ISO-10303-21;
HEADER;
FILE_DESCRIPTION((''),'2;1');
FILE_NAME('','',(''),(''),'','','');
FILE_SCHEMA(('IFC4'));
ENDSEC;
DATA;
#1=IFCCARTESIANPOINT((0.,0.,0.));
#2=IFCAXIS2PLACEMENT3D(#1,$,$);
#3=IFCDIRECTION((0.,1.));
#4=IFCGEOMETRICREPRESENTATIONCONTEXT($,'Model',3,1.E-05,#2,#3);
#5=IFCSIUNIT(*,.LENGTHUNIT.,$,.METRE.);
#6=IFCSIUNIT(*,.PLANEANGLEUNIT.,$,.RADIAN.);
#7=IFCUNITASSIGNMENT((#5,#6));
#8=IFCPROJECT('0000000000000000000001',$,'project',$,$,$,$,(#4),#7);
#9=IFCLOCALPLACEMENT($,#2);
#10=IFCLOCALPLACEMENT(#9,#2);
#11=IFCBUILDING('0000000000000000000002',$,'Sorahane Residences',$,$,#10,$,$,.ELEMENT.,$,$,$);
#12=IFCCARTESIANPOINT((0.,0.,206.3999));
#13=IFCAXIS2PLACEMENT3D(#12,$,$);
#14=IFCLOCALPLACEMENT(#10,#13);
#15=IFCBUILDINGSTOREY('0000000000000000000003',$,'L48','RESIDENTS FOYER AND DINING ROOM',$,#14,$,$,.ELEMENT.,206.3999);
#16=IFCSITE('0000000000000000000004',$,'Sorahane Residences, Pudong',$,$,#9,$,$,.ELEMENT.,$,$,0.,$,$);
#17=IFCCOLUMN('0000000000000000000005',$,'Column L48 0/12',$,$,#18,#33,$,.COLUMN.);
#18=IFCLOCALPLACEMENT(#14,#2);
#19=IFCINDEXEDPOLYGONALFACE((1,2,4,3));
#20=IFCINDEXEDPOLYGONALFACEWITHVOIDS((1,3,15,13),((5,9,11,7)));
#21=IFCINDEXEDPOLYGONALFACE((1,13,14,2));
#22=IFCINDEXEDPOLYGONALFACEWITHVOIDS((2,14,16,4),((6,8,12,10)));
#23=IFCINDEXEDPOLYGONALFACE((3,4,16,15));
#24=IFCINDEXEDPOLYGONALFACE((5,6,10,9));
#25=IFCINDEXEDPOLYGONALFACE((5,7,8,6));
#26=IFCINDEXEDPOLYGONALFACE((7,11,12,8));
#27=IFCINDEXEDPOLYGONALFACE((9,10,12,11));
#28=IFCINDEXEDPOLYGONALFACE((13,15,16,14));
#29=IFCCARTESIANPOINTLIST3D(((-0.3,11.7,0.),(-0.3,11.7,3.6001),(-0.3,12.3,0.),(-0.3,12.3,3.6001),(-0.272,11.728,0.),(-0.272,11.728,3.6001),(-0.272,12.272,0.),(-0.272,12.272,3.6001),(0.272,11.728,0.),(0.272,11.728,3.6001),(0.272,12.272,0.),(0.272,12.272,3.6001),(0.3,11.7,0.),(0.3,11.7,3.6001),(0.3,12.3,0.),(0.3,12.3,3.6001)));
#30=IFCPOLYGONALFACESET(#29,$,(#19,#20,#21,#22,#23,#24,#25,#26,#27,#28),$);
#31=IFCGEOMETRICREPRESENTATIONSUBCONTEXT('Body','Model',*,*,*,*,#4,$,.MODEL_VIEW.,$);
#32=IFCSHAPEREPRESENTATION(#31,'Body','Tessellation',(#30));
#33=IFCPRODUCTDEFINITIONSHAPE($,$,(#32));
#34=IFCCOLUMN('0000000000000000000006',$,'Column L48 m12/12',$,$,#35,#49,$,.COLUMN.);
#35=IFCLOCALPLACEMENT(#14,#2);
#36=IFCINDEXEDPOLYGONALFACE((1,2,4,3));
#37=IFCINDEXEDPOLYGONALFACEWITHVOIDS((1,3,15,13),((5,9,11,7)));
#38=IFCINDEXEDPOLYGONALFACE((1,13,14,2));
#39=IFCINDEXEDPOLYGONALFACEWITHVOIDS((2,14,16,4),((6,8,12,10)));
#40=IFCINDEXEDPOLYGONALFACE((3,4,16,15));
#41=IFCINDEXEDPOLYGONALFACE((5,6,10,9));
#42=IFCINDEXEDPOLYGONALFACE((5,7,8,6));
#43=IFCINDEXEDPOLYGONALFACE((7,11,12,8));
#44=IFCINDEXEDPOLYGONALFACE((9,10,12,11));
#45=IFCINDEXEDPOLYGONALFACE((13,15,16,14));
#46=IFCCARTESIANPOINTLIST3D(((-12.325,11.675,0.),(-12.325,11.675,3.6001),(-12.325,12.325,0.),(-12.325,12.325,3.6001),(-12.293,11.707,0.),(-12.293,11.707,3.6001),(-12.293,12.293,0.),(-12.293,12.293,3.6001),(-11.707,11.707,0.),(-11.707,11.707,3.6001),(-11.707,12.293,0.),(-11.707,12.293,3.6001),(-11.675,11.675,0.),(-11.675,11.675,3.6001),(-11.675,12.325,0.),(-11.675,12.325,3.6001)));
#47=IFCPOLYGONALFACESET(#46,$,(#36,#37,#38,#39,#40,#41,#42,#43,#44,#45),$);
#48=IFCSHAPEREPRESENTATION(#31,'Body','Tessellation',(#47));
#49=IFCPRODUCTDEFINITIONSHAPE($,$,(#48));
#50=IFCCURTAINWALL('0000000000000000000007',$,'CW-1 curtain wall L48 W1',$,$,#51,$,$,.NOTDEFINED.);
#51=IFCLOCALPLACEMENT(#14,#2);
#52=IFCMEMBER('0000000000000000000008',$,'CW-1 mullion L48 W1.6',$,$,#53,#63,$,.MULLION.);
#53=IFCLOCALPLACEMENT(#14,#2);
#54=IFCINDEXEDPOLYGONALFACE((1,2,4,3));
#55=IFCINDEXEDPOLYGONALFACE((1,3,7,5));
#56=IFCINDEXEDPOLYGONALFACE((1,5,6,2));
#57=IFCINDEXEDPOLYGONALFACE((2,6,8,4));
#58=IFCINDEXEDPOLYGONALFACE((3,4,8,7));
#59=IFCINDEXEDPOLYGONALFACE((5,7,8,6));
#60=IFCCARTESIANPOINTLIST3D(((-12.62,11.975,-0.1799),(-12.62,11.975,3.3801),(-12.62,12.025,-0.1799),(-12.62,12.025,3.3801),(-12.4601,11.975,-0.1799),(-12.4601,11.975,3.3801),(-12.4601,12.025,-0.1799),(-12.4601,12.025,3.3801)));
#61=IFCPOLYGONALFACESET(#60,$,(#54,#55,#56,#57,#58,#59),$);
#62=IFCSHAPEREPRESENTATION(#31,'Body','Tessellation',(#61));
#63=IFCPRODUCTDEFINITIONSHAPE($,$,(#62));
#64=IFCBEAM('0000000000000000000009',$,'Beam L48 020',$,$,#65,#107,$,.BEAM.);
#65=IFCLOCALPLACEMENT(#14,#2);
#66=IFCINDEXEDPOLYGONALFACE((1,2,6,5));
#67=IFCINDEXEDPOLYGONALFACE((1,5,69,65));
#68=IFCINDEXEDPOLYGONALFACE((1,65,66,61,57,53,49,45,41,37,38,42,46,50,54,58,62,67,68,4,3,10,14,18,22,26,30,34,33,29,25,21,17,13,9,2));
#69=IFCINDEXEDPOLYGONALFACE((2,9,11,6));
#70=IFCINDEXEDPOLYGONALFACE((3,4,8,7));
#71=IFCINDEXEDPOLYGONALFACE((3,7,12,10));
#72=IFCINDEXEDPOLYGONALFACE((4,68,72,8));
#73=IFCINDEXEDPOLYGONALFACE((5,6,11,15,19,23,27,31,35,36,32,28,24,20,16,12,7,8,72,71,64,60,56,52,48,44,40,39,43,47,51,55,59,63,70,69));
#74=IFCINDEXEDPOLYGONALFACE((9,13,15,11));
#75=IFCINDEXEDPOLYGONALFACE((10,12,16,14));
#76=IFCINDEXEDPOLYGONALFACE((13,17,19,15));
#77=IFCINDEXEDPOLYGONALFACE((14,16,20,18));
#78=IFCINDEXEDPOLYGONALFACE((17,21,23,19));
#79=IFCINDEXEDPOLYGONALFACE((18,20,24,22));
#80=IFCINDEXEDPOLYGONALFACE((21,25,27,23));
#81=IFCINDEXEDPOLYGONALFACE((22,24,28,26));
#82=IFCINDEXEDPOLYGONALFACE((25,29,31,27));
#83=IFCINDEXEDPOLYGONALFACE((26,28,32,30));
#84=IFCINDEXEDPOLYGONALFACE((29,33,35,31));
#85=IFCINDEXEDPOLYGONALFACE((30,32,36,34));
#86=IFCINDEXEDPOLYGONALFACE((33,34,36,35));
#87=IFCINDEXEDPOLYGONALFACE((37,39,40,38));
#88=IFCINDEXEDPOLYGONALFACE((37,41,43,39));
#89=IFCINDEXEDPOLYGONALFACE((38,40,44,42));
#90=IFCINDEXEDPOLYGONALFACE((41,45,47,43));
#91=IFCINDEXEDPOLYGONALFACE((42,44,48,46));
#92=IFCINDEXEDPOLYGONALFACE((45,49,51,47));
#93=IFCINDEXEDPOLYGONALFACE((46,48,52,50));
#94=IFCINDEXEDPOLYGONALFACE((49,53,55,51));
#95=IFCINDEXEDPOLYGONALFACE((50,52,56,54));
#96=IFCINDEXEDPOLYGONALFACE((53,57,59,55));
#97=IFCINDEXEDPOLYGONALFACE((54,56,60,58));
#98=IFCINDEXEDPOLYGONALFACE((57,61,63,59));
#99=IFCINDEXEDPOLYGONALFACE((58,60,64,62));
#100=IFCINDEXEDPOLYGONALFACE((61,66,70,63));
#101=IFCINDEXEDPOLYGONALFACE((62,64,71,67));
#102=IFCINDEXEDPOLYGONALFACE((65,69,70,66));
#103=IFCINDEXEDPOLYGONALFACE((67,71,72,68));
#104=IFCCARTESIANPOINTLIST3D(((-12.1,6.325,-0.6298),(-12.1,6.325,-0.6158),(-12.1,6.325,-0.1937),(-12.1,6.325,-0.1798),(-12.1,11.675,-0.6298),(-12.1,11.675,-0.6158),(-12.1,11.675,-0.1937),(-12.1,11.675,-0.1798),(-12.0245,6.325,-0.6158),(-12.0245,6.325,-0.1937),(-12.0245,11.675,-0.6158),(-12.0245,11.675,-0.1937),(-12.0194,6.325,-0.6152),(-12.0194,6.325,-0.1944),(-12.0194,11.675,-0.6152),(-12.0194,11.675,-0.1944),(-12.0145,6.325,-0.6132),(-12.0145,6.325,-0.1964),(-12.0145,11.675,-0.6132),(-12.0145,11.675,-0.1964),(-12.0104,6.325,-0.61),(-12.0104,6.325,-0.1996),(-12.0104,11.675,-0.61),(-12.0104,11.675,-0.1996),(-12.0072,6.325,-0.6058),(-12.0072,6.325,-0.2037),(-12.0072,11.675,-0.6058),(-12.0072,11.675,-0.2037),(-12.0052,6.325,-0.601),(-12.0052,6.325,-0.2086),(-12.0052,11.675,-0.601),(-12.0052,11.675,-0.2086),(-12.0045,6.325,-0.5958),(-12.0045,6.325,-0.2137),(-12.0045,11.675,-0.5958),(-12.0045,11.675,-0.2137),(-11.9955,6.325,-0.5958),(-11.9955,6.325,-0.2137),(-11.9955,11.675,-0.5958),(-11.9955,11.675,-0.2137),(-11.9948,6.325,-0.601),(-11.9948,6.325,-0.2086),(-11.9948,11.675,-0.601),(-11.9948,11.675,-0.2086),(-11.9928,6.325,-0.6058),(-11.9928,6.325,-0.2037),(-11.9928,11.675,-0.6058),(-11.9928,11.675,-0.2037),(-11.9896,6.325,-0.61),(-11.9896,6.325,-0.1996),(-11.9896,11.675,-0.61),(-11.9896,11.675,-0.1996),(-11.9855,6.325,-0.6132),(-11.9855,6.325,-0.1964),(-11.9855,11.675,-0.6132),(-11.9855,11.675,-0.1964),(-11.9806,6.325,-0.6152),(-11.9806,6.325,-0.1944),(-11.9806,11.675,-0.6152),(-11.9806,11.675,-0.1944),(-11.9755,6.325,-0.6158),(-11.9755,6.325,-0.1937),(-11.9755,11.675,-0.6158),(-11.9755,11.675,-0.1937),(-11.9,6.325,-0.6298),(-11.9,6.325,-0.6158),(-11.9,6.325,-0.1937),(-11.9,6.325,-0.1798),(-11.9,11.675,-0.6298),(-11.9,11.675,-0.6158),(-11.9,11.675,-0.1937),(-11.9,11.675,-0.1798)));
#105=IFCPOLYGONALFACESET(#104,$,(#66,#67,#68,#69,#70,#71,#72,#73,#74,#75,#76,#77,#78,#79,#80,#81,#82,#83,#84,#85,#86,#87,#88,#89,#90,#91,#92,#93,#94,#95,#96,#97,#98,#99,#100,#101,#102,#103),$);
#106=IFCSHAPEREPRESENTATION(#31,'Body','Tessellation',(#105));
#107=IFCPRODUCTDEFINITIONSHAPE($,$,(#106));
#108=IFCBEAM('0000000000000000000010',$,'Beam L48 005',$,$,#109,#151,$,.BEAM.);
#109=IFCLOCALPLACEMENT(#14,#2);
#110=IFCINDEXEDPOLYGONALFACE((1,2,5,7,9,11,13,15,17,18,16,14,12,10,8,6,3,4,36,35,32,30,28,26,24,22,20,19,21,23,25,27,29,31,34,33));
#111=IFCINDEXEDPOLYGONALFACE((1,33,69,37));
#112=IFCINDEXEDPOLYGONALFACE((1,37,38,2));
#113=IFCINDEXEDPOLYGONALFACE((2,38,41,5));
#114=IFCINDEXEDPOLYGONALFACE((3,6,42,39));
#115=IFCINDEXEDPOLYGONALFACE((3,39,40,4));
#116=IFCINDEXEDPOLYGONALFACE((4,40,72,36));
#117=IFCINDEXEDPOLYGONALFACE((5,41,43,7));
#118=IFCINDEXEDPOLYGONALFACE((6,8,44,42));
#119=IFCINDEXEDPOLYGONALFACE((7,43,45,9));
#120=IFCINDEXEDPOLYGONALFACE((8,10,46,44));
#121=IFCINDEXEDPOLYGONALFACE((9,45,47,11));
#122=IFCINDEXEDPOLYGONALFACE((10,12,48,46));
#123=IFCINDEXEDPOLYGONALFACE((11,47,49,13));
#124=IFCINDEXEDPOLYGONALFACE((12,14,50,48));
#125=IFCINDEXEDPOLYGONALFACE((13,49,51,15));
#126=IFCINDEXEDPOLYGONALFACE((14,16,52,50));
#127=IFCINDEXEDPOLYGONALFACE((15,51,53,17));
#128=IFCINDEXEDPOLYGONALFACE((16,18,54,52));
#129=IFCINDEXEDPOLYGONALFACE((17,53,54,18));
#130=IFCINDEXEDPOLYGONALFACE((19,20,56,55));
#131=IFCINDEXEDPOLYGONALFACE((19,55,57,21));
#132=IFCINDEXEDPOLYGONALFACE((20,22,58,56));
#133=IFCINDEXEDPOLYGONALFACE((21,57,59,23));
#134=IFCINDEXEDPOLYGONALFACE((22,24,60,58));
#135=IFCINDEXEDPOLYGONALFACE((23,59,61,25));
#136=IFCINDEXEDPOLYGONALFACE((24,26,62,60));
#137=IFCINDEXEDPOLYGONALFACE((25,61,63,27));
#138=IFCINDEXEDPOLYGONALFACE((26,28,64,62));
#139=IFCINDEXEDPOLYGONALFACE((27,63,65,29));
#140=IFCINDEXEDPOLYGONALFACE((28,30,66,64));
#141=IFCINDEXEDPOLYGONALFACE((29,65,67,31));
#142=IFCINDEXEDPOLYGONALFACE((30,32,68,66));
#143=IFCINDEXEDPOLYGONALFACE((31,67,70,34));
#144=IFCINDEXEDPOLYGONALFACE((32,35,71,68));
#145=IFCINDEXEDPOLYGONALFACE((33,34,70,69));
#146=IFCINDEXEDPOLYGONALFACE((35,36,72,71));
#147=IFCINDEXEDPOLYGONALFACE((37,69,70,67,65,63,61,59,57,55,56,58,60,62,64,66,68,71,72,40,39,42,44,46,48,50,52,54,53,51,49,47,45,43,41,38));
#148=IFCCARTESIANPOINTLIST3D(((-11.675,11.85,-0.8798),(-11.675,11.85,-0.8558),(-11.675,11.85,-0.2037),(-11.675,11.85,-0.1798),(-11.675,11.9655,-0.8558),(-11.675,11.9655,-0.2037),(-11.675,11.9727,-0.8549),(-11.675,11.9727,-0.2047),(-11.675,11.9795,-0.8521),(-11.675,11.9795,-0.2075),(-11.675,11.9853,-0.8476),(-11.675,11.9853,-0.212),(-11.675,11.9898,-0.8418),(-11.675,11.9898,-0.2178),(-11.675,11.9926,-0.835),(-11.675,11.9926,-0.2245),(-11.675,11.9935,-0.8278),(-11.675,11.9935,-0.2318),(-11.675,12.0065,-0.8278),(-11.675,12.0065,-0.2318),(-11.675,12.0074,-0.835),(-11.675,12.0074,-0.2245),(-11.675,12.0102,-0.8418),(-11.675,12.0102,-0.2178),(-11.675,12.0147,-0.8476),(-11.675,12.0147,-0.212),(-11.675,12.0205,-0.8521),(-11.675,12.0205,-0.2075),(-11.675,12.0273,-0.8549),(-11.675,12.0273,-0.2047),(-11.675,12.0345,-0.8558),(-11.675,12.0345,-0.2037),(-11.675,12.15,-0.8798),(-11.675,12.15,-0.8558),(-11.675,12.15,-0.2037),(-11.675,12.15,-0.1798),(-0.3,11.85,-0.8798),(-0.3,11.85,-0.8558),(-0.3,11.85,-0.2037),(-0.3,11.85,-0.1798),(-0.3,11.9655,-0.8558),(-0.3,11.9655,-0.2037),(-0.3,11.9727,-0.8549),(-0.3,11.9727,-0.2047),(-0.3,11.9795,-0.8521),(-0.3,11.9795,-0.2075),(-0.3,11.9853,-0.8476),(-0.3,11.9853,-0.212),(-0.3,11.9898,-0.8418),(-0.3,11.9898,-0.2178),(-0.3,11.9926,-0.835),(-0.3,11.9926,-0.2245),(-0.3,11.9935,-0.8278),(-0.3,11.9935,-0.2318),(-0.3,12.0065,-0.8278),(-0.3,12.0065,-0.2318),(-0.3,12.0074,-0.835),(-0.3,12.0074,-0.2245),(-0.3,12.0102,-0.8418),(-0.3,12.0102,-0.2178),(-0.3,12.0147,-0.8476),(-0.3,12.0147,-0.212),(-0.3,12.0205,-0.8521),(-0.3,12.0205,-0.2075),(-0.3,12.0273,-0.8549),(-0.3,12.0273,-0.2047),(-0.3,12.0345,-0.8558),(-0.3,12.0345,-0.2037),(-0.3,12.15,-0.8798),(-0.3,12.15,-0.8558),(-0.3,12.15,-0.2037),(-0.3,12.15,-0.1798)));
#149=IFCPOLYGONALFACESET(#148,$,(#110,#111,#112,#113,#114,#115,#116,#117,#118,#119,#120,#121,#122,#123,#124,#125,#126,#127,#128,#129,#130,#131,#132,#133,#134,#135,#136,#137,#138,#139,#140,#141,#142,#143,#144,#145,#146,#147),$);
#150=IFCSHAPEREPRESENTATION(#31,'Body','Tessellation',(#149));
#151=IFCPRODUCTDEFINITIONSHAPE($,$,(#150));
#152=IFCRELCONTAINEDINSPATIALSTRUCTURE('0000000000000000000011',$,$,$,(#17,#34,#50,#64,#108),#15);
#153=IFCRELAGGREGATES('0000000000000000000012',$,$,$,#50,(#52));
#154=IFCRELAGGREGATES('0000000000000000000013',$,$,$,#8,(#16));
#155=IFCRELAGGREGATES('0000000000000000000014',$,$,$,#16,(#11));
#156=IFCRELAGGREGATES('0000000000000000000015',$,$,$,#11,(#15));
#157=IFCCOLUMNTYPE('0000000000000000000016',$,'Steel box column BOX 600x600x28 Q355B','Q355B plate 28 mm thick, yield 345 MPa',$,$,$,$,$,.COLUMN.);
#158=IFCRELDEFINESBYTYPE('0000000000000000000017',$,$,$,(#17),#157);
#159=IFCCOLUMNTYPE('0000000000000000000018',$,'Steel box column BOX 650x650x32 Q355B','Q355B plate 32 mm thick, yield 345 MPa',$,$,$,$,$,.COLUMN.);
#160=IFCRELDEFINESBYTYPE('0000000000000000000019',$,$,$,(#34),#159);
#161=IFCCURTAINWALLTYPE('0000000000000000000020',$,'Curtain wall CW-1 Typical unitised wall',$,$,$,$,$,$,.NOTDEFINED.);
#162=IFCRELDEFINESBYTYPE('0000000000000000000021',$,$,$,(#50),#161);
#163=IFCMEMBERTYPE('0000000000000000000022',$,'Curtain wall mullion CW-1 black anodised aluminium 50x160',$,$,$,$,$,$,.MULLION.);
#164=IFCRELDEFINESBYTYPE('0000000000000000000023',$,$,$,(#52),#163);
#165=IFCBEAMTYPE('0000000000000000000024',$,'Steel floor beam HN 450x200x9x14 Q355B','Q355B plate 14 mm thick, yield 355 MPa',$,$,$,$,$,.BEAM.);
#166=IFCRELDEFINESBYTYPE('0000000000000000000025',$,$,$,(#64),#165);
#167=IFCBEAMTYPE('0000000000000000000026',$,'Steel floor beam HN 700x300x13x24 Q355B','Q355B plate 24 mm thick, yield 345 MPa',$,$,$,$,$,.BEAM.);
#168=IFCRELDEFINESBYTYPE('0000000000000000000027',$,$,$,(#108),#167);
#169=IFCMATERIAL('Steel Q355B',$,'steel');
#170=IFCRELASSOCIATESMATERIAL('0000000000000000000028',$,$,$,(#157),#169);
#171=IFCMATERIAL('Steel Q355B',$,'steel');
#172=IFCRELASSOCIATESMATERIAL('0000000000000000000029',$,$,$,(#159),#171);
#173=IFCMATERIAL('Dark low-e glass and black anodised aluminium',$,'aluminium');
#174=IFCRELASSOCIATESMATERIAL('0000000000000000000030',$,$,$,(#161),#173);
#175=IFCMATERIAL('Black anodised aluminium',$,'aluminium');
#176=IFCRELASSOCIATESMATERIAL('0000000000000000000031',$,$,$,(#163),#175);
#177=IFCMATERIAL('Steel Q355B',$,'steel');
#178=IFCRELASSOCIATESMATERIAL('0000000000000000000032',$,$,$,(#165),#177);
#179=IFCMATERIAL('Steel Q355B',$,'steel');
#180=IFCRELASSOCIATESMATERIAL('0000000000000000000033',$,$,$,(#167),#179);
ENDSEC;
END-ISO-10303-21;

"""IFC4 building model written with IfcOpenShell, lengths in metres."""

from ifc_helpers import new_model, si_unit, direction, frame, origin, origin_2d, place, context, subcontext, project, spatial, rectangle, hollow_rectangle, i_section, extrude, material, material_profile, profile_set, type_object, element, aggregate, save


model = new_model("IFC4")

# Units and contexts
model_context = context("Model", 3, precision=1e-05, world=origin(), true_north=direction((0.0, 1.0)))
body_context = subcontext(model_context, "Body", "Model", "MODEL_VIEW")
ifc_project = project(units=[si_unit("LENGTHUNIT", "METRE"), si_unit("PLANEANGLEUNIT", "RADIAN")], contexts=[model_context])

# Site, building, storey
site_placement = place(None, origin())
site = spatial("IfcSite", under=ifc_project, at=site_placement, Name="Sorahane Residences, Pudong", CompositionType="ELEMENT", RefElevation=0.0)
building_placement = place(site_placement, origin())
building = spatial("IfcBuilding", under=site, at=building_placement, Name="Sorahane Residences", CompositionType="ELEMENT")
storey_placement = place(building_placement, frame((0.0, 0.0, 206.3999)))
storey = spatial("IfcBuildingStorey", under=building, at=storey_placement, Name="L48", Description="RESIDENTS FOYER AND DINING ROOM", CompositionType="ELEMENT", Elevation=206.3999)

# Columns
ifc_material_1 = material(Name="Steel Q355B", Category="steel")
ifc_material_profile_1 = material_profile(ifc_material_1, hollow_rectangle(XDim=0.6001, YDim=0.6001, WallThickness=0.0281, at=origin_2d()), Name="BOX 600x600x28")
ifc_profile_set_1 = profile_set([ifc_material_profile_1], Name="Steel Q355B")
column_type_1 = type_object("IfcColumnType", Name="Steel box column BOX 600x600x28 Q355B", Description="Q355B plate 28 mm thick, yield 345 MPa", PredefinedType="COLUMN", material=ifc_profile_set_1)
column_1_placement = place(storey_placement, frame((0.0, 12.0, 0.0), z_axis=(0.0, 0.0, 1.0), x_axis=(1.0, 0.0, 0.0)))
element("IfcColumn", 1, at=column_1_placement, inside=storey, type_object=column_type_1, Name="Column L48 0/12", PredefinedType="COLUMN", context=body_context, shape_type="SweptSolid", body=[
    extrude(hollow_rectangle(XDim=0.6001, YDim=0.6001, WallThickness=0.0281, at=origin_2d()), origin(), (0.0, 0.0, 1.0), 3.6001),
])
ifc_material_2 = material(Name="Steel Q355B", Category="steel")
ifc_material_profile_2 = material_profile(ifc_material_2, hollow_rectangle(XDim=0.6499, YDim=0.6499, WallThickness=0.032, at=origin_2d()), Name="BOX 650x650x32")
ifc_profile_set_2 = profile_set([ifc_material_profile_2], Name="Steel Q355B")
column_type_2 = type_object("IfcColumnType", Name="Steel box column BOX 650x650x32 Q355B", Description="Q355B plate 32 mm thick, yield 345 MPa", PredefinedType="COLUMN", material=ifc_profile_set_2)
column_2_placement = place(storey_placement, frame((-12.0, 12.0, 0.0), z_axis=(0.0, 0.0, 1.0), x_axis=(1.0, 0.0, 0.0)))
element("IfcColumn", 2, at=column_2_placement, inside=storey, type_object=column_type_2, Name="Column L48 m12/12", PredefinedType="COLUMN", context=body_context, shape_type="SweptSolid", body=[
    extrude(hollow_rectangle(XDim=0.6499, YDim=0.6499, WallThickness=0.032, at=origin_2d()), origin(), (0.0, 0.0, 1.0), 3.6001),
])

# Curtain wall, member
ifc_material_3 = material(Name="Dark low-e glass and black anodised aluminium", Category="aluminium")
curtain_wall_type = type_object("IfcCurtainWallType", Name="Curtain wall CW-1 Typical unitised wall", PredefinedType="NOTDEFINED", material=ifc_material_3)
curtain_wall_placement = place(storey_placement, origin())
curtain_wall = element("IfcCurtainWall", 3, at=curtain_wall_placement, inside=storey, type_object=curtain_wall_type, Name="CW-1 curtain wall L48 W1", PredefinedType="NOTDEFINED")
ifc_material_4 = material(Name="Black anodised aluminium", Category="aluminium")
ifc_material_profile_3 = material_profile(ifc_material_4, rectangle(XDim=0.1599, YDim=0.05, at=origin_2d()), Name="Curtain wall mullion CW-1 black anodised aluminium 50x160")
ifc_profile_set_3 = profile_set([ifc_material_profile_3], Name="Black anodised aluminium")
member_type = type_object("IfcMemberType", Name="Curtain wall mullion CW-1 black anodised aluminium 50x160", PredefinedType="MULLION", material=ifc_profile_set_3)
member_placement = place(storey_placement, frame((-12.54, 12.0, -0.1799), z_axis=(0.0, 0.0, 1.0), x_axis=(-1.0, 0.0, 0.0)))
member = element("IfcMember", 4, at=member_placement, type_object=member_type, Name="CW-1 mullion L48 W1.6", PredefinedType="MULLION", context=body_context, shape_type="SweptSolid", body=[
    extrude(rectangle(XDim=0.1599, YDim=0.05, at=origin_2d()), origin(), (0.0, 0.0, 1.0), 3.5601),
])

# Beams
ifc_material_5 = material(Name="Steel Q355B", Category="steel")
ifc_material_profile_4 = material_profile(ifc_material_5, i_section(OverallWidth=0.2, OverallDepth=0.45, WebThickness=0.009, FlangeThickness=0.0139, FilletRadius=0.02, at=origin_2d()), Name="HN 450x200x9x14")
ifc_profile_set_4 = profile_set([ifc_material_profile_4], Name="Steel Q355B")
beam_type_1 = type_object("IfcBeamType", Name="Steel floor beam HN 450x200x9x14 Q355B", Description="Q355B plate 14 mm thick, yield 355 MPa", PredefinedType="BEAM", material=ifc_profile_set_4)
beam_1_placement = place(storey_placement, frame((-12.0, 6.325, -0.4048), z_axis=(0.0, 1.0, 0.0), x_axis=(-1.0, 0.0, 0.0)))
element("IfcBeam", 5, at=beam_1_placement, inside=storey, type_object=beam_type_1, Name="Beam L48 020", PredefinedType="BEAM", context=body_context, shape_type="SweptSolid", body=[
    extrude(i_section(OverallWidth=0.2, OverallDepth=0.45, WebThickness=0.009, FlangeThickness=0.0139, FilletRadius=0.02, at=origin_2d()), origin(), (0.0, 0.0, 1.0), 5.3501),
])
ifc_material_6 = material(Name="Steel Q355B", Category="steel")
ifc_material_profile_5 = material_profile(ifc_material_6, i_section(OverallWidth=0.3, OverallDepth=0.7, WebThickness=0.0129, FlangeThickness=0.0239, FilletRadius=0.0281, at=origin_2d()), Name="HN 700x300x13x24")
ifc_profile_set_5 = profile_set([ifc_material_profile_5], Name="Steel Q355B")
beam_type_2 = type_object("IfcBeamType", Name="Steel floor beam HN 700x300x13x24 Q355B", Description="Q355B plate 24 mm thick, yield 345 MPa", PredefinedType="BEAM", material=ifc_profile_set_5)
beam_2_placement = place(storey_placement, frame((-11.675, 12.0, -0.5298), z_axis=(1.0, 0.0, 0.0), x_axis=(0.0, 1.0, 0.0)))
element("IfcBeam", 6, at=beam_2_placement, inside=storey, type_object=beam_type_2, Name="Beam L48 005", PredefinedType="BEAM", context=body_context, shape_type="SweptSolid", body=[
    extrude(i_section(OverallWidth=0.3, OverallDepth=0.7, WebThickness=0.0129, FlangeThickness=0.0239, FilletRadius=0.0281, at=origin_2d()), origin(), (0.0, 0.0, 1.0), 11.375),
])

aggregate(curtain_wall, [member])

save(model, "model.ifc")
